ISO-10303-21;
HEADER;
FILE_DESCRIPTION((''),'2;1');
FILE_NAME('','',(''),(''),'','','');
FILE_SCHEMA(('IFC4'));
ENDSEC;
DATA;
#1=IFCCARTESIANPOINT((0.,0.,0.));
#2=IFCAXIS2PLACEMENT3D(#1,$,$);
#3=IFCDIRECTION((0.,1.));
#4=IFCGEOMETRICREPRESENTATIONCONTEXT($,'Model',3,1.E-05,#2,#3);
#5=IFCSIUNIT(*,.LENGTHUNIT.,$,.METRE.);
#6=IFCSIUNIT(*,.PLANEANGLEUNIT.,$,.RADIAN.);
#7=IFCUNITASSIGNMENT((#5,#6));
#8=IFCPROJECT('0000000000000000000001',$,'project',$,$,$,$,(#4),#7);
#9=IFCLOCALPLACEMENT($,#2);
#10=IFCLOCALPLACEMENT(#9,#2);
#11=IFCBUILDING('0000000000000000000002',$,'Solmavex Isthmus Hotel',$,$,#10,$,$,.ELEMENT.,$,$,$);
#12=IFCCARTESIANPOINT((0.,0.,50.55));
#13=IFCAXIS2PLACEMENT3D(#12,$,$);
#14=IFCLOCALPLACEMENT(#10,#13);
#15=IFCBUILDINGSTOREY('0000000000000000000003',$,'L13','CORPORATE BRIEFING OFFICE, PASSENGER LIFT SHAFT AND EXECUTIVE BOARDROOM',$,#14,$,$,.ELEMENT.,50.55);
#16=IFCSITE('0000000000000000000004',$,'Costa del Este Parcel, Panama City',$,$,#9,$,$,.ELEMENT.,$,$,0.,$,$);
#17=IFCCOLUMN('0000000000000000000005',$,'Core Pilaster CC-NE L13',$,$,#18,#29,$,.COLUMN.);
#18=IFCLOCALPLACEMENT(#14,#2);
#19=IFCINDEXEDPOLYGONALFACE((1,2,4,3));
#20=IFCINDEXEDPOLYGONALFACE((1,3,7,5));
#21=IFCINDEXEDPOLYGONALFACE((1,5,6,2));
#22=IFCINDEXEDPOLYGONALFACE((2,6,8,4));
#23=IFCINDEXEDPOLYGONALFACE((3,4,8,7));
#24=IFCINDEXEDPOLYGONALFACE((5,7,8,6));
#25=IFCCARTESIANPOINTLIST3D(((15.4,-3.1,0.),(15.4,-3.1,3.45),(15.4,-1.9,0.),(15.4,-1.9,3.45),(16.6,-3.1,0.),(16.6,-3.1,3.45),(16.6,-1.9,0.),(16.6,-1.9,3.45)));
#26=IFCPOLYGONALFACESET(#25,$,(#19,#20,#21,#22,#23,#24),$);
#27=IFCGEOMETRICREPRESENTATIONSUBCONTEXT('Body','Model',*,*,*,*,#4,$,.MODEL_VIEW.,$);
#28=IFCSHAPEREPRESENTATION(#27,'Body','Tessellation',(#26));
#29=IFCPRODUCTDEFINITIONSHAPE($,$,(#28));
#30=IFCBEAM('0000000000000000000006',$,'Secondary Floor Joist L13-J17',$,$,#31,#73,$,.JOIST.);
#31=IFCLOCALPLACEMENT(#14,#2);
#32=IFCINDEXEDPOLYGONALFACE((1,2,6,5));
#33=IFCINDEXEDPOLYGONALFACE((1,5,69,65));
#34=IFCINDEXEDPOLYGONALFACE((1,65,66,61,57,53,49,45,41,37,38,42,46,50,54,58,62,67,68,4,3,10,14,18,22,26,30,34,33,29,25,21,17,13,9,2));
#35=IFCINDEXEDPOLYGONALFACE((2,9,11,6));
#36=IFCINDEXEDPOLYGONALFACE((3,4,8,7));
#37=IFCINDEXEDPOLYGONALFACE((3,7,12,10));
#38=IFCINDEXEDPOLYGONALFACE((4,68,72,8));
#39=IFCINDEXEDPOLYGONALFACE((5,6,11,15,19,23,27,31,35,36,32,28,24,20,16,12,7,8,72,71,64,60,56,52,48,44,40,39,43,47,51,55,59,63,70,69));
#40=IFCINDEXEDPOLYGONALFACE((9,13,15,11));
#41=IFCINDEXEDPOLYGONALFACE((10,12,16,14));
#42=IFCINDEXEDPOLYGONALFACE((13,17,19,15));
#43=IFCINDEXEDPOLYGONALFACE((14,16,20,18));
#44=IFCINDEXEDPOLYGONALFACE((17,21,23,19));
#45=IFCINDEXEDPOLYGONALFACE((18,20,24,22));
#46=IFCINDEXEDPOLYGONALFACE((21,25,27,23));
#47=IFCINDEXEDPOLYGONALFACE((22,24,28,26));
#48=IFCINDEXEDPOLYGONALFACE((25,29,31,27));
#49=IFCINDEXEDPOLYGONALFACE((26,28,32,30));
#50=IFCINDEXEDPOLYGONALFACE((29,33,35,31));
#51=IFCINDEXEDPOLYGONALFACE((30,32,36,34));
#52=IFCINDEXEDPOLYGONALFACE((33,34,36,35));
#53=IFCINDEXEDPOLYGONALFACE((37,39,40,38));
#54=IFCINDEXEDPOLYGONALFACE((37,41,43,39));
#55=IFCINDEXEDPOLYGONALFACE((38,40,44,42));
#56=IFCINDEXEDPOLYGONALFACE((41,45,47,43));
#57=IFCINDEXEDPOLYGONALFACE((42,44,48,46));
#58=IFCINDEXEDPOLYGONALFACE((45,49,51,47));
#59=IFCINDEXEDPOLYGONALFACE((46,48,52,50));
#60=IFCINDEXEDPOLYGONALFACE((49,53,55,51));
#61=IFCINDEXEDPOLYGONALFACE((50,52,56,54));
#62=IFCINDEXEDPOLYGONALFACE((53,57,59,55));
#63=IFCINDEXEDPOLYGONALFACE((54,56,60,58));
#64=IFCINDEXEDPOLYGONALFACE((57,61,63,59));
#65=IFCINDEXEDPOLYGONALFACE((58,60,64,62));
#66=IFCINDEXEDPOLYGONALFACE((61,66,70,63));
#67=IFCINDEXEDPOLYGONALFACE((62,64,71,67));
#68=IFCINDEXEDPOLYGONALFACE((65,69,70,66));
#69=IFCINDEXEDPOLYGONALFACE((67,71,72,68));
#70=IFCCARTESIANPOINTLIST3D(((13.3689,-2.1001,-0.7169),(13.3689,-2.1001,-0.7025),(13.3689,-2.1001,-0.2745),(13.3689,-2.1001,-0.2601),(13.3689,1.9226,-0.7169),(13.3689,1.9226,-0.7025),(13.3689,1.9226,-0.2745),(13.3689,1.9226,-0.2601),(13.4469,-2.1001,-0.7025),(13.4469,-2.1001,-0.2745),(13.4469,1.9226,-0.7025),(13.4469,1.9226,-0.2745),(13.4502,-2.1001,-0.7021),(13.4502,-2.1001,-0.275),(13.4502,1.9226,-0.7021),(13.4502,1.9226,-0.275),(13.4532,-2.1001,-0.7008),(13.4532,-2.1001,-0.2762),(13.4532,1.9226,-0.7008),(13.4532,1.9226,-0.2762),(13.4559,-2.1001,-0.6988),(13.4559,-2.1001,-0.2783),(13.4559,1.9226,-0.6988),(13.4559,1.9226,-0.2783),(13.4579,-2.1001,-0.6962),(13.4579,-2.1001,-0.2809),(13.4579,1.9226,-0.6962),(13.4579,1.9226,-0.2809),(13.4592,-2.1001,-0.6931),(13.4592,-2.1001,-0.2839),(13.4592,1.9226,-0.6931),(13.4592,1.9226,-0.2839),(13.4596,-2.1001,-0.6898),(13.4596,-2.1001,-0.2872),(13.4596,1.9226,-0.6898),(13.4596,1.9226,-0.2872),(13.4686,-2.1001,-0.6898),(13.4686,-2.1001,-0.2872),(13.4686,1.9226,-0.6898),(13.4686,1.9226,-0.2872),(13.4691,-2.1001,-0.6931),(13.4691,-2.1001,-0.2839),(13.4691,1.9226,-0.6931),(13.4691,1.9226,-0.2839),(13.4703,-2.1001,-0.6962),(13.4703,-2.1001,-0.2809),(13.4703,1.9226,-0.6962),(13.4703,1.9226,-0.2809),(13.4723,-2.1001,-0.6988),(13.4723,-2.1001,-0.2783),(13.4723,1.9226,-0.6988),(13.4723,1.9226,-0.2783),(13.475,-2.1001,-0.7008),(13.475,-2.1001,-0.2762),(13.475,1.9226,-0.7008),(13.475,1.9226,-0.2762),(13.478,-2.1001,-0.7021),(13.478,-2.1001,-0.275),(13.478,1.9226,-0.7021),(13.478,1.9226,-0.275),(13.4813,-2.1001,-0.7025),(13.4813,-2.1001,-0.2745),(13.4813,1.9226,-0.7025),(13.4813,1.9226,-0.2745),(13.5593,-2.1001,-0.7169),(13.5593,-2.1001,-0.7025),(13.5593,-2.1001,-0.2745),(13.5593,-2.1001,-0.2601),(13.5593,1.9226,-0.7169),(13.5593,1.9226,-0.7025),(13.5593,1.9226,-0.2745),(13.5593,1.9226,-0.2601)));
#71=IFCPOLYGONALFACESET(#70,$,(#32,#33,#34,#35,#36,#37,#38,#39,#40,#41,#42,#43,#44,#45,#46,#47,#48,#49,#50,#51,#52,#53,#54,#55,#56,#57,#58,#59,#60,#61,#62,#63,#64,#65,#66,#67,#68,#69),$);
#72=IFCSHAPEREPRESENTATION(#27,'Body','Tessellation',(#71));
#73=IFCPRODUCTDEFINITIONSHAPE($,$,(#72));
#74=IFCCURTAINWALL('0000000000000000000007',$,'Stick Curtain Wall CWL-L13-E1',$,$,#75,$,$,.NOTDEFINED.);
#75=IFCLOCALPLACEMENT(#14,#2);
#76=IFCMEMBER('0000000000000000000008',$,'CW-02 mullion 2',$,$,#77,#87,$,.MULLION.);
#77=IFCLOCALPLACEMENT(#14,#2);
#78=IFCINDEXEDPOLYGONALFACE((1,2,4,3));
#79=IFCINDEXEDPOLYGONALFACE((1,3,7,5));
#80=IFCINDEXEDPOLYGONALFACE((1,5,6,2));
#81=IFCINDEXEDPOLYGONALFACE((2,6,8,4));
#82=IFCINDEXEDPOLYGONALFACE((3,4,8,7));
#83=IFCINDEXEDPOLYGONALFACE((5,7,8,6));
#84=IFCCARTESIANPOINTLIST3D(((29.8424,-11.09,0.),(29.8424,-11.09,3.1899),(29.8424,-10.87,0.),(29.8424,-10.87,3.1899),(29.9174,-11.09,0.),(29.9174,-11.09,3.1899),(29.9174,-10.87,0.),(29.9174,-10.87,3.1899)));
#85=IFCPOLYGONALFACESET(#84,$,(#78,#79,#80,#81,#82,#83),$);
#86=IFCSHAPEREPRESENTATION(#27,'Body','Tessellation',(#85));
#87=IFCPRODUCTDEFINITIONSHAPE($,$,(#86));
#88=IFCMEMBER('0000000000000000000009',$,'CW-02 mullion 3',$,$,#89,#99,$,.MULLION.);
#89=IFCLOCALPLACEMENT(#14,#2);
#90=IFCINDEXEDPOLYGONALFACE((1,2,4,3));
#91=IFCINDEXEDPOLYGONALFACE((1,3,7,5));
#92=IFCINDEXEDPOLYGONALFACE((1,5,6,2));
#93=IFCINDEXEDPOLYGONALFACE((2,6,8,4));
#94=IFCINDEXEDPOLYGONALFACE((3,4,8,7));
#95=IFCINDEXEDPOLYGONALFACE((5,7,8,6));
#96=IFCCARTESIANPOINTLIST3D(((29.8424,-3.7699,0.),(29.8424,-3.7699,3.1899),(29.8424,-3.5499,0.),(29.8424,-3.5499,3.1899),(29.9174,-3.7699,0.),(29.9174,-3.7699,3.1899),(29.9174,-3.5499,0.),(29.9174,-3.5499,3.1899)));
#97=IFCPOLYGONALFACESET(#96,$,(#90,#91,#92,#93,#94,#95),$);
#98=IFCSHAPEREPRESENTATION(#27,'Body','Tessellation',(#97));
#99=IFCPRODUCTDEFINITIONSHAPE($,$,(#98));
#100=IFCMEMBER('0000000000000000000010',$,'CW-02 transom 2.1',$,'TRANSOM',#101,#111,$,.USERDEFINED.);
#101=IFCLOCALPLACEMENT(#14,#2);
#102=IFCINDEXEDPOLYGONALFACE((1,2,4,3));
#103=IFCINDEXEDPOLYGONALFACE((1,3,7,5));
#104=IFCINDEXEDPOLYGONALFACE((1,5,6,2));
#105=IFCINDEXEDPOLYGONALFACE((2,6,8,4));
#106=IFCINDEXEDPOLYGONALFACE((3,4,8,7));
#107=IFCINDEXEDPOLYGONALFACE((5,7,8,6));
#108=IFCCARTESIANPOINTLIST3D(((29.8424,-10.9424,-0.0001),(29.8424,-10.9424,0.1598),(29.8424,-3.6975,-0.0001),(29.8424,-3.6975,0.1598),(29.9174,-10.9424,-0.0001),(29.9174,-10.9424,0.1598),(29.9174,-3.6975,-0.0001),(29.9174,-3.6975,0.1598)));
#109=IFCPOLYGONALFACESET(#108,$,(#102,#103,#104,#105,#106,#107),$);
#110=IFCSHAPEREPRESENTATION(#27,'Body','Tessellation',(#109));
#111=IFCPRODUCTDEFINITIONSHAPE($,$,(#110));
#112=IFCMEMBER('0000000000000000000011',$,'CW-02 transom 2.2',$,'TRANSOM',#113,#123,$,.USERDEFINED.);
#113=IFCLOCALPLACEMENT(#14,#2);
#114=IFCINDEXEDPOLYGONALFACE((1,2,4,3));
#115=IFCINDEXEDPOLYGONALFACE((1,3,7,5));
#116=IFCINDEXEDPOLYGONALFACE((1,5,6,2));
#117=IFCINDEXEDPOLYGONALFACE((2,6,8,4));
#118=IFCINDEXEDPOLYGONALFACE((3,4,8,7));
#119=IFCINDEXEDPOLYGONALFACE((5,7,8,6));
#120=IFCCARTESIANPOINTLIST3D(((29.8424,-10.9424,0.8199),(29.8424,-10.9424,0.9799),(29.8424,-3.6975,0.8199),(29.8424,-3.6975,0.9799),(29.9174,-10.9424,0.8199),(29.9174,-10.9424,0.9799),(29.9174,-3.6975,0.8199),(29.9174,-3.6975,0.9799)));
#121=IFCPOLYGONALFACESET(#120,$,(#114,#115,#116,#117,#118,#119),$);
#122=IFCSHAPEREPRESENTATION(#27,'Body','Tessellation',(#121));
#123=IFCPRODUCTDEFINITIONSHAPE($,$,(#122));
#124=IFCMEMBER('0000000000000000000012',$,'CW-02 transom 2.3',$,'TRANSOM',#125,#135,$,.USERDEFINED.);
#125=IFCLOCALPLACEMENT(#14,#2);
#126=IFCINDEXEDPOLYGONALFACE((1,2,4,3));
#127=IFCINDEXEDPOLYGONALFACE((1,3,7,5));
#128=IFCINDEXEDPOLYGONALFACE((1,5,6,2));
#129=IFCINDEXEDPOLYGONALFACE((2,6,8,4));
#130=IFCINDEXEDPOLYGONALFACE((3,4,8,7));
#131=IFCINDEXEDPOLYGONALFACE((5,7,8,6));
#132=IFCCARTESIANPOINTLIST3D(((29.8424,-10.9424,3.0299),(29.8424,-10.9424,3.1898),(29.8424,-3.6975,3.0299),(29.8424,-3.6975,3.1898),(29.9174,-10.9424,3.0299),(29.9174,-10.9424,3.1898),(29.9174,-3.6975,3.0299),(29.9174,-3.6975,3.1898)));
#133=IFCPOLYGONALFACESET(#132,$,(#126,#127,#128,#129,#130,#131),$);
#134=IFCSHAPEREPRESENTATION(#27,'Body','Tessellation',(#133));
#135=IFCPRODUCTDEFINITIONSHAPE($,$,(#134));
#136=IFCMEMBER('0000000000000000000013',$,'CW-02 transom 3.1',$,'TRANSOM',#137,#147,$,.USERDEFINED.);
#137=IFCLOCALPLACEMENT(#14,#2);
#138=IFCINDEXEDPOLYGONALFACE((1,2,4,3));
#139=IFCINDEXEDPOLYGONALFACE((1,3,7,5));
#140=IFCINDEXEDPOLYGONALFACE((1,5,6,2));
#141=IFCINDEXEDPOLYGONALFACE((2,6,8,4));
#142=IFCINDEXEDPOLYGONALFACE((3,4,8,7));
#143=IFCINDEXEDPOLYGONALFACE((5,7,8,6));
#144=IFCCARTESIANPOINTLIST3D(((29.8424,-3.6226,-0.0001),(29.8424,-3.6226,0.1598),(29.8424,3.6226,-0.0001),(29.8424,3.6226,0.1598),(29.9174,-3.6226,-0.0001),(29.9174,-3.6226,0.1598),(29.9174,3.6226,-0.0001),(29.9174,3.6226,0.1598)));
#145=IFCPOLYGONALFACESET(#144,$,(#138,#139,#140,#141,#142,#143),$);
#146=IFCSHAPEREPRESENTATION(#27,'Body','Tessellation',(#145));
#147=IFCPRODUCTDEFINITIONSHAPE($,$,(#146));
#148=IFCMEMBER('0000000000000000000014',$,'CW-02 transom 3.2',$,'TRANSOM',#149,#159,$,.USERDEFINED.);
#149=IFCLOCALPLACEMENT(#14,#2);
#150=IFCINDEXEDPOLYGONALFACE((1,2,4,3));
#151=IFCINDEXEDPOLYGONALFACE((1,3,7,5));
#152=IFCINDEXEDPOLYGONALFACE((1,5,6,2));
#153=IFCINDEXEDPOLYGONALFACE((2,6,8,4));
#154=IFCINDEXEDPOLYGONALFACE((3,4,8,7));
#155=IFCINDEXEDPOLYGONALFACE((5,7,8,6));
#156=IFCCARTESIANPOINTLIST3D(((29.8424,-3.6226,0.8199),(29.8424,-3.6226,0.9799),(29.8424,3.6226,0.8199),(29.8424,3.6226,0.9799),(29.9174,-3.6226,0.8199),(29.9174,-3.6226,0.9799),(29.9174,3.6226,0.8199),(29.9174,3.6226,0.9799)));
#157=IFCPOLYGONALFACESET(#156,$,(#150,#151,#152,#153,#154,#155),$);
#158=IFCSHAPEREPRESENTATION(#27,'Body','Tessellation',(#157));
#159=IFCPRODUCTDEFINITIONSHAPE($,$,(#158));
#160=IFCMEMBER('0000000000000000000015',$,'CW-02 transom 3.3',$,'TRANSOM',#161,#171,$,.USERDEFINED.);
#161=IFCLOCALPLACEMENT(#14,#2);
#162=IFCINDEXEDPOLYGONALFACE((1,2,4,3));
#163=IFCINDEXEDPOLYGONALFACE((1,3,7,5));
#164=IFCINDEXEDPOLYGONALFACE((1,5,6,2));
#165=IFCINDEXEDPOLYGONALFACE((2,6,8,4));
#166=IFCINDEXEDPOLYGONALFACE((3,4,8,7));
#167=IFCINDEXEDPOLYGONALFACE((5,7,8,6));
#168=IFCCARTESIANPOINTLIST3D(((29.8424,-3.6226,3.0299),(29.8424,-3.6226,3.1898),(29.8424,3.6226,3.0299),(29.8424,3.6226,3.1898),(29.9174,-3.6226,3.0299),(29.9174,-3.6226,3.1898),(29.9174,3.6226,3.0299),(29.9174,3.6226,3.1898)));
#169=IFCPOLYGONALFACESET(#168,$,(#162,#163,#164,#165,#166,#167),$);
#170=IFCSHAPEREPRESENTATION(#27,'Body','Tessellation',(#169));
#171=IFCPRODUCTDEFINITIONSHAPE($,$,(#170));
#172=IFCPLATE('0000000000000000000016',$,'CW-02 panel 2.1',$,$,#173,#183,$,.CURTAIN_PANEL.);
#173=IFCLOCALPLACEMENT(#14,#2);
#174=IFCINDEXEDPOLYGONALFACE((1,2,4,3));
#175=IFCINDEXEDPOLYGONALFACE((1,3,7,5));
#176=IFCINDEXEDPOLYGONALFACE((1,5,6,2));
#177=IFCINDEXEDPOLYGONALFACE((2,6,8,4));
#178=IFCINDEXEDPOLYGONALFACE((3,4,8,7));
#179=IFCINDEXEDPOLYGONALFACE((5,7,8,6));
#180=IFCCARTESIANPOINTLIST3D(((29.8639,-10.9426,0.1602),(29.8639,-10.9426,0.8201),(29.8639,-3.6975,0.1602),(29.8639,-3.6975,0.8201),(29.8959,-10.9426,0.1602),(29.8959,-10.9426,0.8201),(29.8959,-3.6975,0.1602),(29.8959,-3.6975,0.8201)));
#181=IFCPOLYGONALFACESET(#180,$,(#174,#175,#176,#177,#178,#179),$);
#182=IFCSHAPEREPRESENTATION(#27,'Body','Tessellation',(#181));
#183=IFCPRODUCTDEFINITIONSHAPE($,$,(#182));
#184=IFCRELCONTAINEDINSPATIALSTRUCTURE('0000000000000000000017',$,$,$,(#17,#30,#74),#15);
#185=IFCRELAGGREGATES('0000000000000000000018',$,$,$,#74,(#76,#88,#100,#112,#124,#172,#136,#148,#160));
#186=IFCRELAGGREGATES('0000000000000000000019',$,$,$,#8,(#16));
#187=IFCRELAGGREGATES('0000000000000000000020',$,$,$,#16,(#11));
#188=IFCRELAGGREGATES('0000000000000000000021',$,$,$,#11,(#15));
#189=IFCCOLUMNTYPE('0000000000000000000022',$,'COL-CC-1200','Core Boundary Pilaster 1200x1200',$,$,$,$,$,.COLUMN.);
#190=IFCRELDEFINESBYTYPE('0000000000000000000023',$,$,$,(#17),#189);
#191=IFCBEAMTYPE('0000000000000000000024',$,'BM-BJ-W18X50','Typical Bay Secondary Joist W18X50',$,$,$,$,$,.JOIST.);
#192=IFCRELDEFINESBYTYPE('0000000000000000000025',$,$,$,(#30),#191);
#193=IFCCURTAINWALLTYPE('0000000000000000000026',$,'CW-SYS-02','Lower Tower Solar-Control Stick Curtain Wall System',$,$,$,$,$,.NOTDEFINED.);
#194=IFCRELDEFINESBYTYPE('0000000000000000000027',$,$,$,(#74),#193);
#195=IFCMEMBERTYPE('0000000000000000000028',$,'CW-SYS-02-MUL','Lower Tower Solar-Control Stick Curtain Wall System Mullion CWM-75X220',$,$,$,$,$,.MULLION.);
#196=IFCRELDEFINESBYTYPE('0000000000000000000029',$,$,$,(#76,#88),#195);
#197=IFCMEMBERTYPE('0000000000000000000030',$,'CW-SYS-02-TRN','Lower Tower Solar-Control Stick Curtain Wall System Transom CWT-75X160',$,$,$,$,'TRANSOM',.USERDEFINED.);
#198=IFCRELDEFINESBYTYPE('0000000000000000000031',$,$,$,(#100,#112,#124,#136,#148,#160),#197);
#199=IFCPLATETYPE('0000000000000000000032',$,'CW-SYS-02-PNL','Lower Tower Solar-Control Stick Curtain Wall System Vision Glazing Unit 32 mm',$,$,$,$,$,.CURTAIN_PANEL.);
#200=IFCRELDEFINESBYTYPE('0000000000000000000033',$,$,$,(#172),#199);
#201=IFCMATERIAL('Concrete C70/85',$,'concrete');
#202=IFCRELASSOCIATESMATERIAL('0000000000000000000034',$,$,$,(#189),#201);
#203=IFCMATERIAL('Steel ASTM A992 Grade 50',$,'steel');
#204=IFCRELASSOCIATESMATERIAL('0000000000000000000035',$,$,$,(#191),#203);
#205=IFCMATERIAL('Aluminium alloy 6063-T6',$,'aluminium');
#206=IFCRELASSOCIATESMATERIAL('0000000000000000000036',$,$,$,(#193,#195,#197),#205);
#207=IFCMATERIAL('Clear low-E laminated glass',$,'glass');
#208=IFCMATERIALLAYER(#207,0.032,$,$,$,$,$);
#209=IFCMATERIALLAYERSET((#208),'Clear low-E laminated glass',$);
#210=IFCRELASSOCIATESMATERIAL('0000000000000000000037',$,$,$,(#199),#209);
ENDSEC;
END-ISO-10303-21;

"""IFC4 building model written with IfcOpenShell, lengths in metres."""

from ifc_helpers import new_model, si_unit, direction, frame, origin, origin_2d, place, context, subcontext, project, spatial, rectangle, i_section, extrude, material, layer, layer_set, material_profile, profile_set, type_object, element, aggregate, save


model = new_model("IFC4")

# Units and contexts
model_context = context("Model", 3, precision=1e-05, world=origin(), true_north=direction((0.0, 1.0)))
body_context = subcontext(model_context, "Body", "Model", "MODEL_VIEW")
ifc_project = project(units=[si_unit("LENGTHUNIT", "METRE"), si_unit("PLANEANGLEUNIT", "RADIAN")], contexts=[model_context])

# Site, building, storey
site_placement = place(None, origin())
site = spatial("IfcSite", under=ifc_project, at=site_placement, Name="Costa del Este Parcel, Panama City", CompositionType="ELEMENT", RefElevation=0.0)
building_placement = place(site_placement, origin())
building = spatial("IfcBuilding", under=site, at=building_placement, Name="Solmavex Isthmus Hotel", CompositionType="ELEMENT")
storey_placement = place(building_placement, frame((0.0, 0.0, 50.55)))
storey = spatial("IfcBuildingStorey", under=building, at=storey_placement, Name="L13", Description="CORPORATE BRIEFING OFFICE, PASSENGER LIFT SHAFT AND EXECUTIVE BOARDROOM", CompositionType="ELEMENT", Elevation=50.55)

# Column
ifc_material_1 = material(Name="Concrete C70/85", Category="concrete")
ifc_material_profile_1 = material_profile(ifc_material_1, rectangle(XDim=1.2, YDim=1.2, at=origin_2d()), Name="RC1200X1200")
ifc_profile_set_1 = profile_set([ifc_material_profile_1], Name="Concrete C70/85")
column_type = type_object("IfcColumnType", Name="COL-CC-1200", Description="Core Boundary Pilaster 1200x1200", PredefinedType="COLUMN", material=ifc_profile_set_1)
column_placement = place(storey_placement, frame((16.0, -2.5, 0.0), z_axis=(0.0, 0.0, 1.0), x_axis=(1.0, 0.0, 0.0)))
element("IfcColumn", 1, at=column_placement, inside=storey, type_object=column_type, Name="Core Pilaster CC-NE L13", PredefinedType="COLUMN", context=body_context, shape_type="SweptSolid", body=[
    extrude(rectangle(XDim=1.2, YDim=1.2, at=origin_2d()), origin(), (0.0, 0.0, 1.0), 3.45),
])

# Beam
ifc_material_2 = material(Name="Steel ASTM A992 Grade 50", Category="steel")
ifc_material_profile_2 = material_profile(ifc_material_2, i_section(OverallWidth=0.1904, OverallDepth=0.4568, WebThickness=0.009, FlangeThickness=0.0144, FilletRadius=0.0127, at=origin_2d()), Name="W18X50")
ifc_profile_set_2 = profile_set([ifc_material_profile_2], Name="Steel ASTM A992 Grade 50")
beam_type = type_object("IfcBeamType", Name="BM-BJ-W18X50", Description="Typical Bay Secondary Joist W18X50", PredefinedType="JOIST", material=ifc_profile_set_2)
beam_placement = place(storey_placement, frame((13.4641, -2.1001, -0.4885), z_axis=(0.0, 1.0, 0.0), x_axis=(-1.0, 0.0, 0.0)))
element("IfcBeam", 2, at=beam_placement, inside=storey, type_object=beam_type, Name="Secondary Floor Joist L13-J17", PredefinedType="JOIST", context=body_context, shape_type="SweptSolid", body=[
    extrude(i_section(OverallWidth=0.1904, OverallDepth=0.4568, WebThickness=0.009, FlangeThickness=0.0144, FilletRadius=0.0127, at=origin_2d()), origin(), (0.0, 0.0, 1.0), 4.0227),
])

# Curtain wall, members, plate
ifc_material_3 = material(Name="Aluminium alloy 6063-T6", Category="aluminium")
curtain_wall_type = type_object("IfcCurtainWallType", Name="CW-SYS-02", Description="Lower Tower Solar-Control Stick Curtain Wall System", PredefinedType="NOTDEFINED", material=ifc_material_3)
curtain_wall_placement = place(storey_placement, origin())
curtain_wall = element("IfcCurtainWall", 3, at=curtain_wall_placement, inside=storey, type_object=curtain_wall_type, Name="Stick Curtain Wall CWL-L13-E1", PredefinedType="NOTDEFINED")
ifc_material_profile_3 = material_profile(ifc_material_3, rectangle(XDim=0.075, YDim=0.22, at=origin_2d()), Name="CWM-75X220")
ifc_profile_set_3 = profile_set([ifc_material_profile_3], Name="Aluminium alloy 6063-T6")
member_type_1 = type_object("IfcMemberType", Name="CW-SYS-02-MUL", Description="Lower Tower Solar-Control Stick Curtain Wall System Mullion CWM-75X220", PredefinedType="MULLION", material=ifc_profile_set_3)
member_1_placement = place(storey_placement, frame((29.8799, -10.98, 0.0), z_axis=(0.0, 0.0, 1.0), x_axis=(-1.0, 0.0, 0.0)))
member_1 = element("IfcMember", 4, at=member_1_placement, type_object=member_type_1, Name="CW-02 mullion 2", PredefinedType="MULLION", context=body_context, shape_type="SweptSolid", body=[
    extrude(rectangle(XDim=0.075, YDim=0.22, at=origin_2d()), origin(), (0.0, 0.0, 1.0), 3.1899),
])
member_2_placement = place(storey_placement, frame((29.8799, -3.6599, 0.0), z_axis=(0.0, 0.0, 1.0), x_axis=(-1.0, 0.0, 0.0)))
member_2 = element("IfcMember", 5, at=member_2_placement, type_object=member_type_1, Name="CW-02 mullion 3", PredefinedType="MULLION", context=body_context, shape_type="SweptSolid", body=[
    extrude(rectangle(XDim=0.075, YDim=0.22, at=origin_2d()), origin(), (0.0, 0.0, 1.0), 3.1899),
])
ifc_material_profile_4 = material_profile(ifc_material_3, rectangle(XDim=0.075, YDim=0.1599, at=origin_2d()), Name="CWT-75X160")
ifc_profile_set_4 = profile_set([ifc_material_profile_4], Name="Aluminium alloy 6063-T6")
member_type_2 = type_object("IfcMemberType", Name="CW-SYS-02-TRN", Description="Lower Tower Solar-Control Stick Curtain Wall System Transom CWT-75X160", ElementType="TRANSOM", PredefinedType="USERDEFINED", material=ifc_profile_set_4)
member_3_placement = place(storey_placement, frame((29.8799, -10.9424, 0.0798), z_axis=(0.0, 1.0, 0.0), x_axis=(-1.0, 0.0, 0.0)))
member_3 = element("IfcMember", 6, at=member_3_placement, type_object=member_type_2, Name="CW-02 transom 2.1", ObjectType="TRANSOM", PredefinedType="USERDEFINED", context=body_context, shape_type="SweptSolid", body=[
    extrude(rectangle(XDim=0.075, YDim=0.1599, at=origin_2d()), origin(), (0.0, 0.0, 1.0), 7.2449),
])
member_4_placement = place(storey_placement, frame((29.8799, -10.9424, 0.8999), z_axis=(0.0, 1.0, 0.0), x_axis=(-1.0, 0.0, 0.0)))
member_4 = element("IfcMember", 7, at=member_4_placement, type_object=member_type_2, Name="CW-02 transom 2.2", ObjectType="TRANSOM", PredefinedType="USERDEFINED", context=body_context, shape_type="SweptSolid", body=[
    extrude(rectangle(XDim=0.075, YDim=0.1599, at=origin_2d()), origin(), (0.0, 0.0, 1.0), 7.2449),
])
member_5_placement = place(storey_placement, frame((29.8799, -10.9424, 3.1099), z_axis=(0.0, 1.0, 0.0), x_axis=(-1.0, 0.0, 0.0)))
member_5 = element("IfcMember", 8, at=member_5_placement, type_object=member_type_2, Name="CW-02 transom 2.3", ObjectType="TRANSOM", PredefinedType="USERDEFINED", context=body_context, shape_type="SweptSolid", body=[
    extrude(rectangle(XDim=0.075, YDim=0.1599, at=origin_2d()), origin(), (0.0, 0.0, 1.0), 7.2449),
])
member_6_placement = place(storey_placement, frame((29.8799, -3.6226, 0.0798), z_axis=(0.0, 1.0, 0.0), x_axis=(-1.0, 0.0, 0.0)))
member_6 = element("IfcMember", 9, at=member_6_placement, type_object=member_type_2, Name="CW-02 transom 3.1", ObjectType="TRANSOM", PredefinedType="USERDEFINED", context=body_context, shape_type="SweptSolid", body=[
    extrude(rectangle(XDim=0.075, YDim=0.1599, at=origin_2d()), origin(), (0.0, 0.0, 1.0), 7.2451),
])
member_7_placement = place(storey_placement, frame((29.8799, -3.6226, 0.8999), z_axis=(0.0, 1.0, 0.0), x_axis=(-1.0, 0.0, 0.0)))
member_7 = element("IfcMember", 10, at=member_7_placement, type_object=member_type_2, Name="CW-02 transom 3.2", ObjectType="TRANSOM", PredefinedType="USERDEFINED", context=body_context, shape_type="SweptSolid", body=[
    extrude(rectangle(XDim=0.075, YDim=0.1599, at=origin_2d()), origin(), (0.0, 0.0, 1.0), 7.2451),
])
member_8_placement = place(storey_placement, frame((29.8799, -3.6226, 3.1099), z_axis=(0.0, 1.0, 0.0), x_axis=(-1.0, 0.0, 0.0)))
member_8 = element("IfcMember", 11, at=member_8_placement, type_object=member_type_2, Name="CW-02 transom 3.3", ObjectType="TRANSOM", PredefinedType="USERDEFINED", context=body_context, shape_type="SweptSolid", body=[
    extrude(rectangle(XDim=0.075, YDim=0.1599, at=origin_2d()), origin(), (0.0, 0.0, 1.0), 7.2451),
])
ifc_material_4 = material(Name="Clear low-E laminated glass", Category="glass")
ifc_layer_1 = layer(ifc_material_4, 0.032)
ifc_layer_set_1 = layer_set([ifc_layer_1], Name="Clear low-E laminated glass")
plate_type = type_object("IfcPlateType", Name="CW-SYS-02-PNL", Description="Lower Tower Solar-Control Stick Curtain Wall System Vision Glazing Unit 32 mm", PredefinedType="CURTAIN_PANEL", material=ifc_layer_set_1)
plate_1_placement = place(storey_placement, frame((29.8799, -7.3201, 0.1602), z_axis=(0.0, 0.0, 1.0), x_axis=(0.0, 1.0, 0.0)))
plate_1 = element("IfcPlate", 12, at=plate_1_placement, type_object=plate_type, Name="CW-02 panel 2.1", PredefinedType="CURTAIN_PANEL", context=body_context, shape_type="SweptSolid", body=[
    extrude(rectangle(XDim=7.2451, YDim=0.032, at=origin_2d()), origin(), (0.0, 0.0, 1.0), 0.6599),
])
aggregate(curtain_wall, [member_1, member_2, member_3, member_4, member_5, plate_1, member_6, member_7, member_8])

save(model, "model.ifc")
